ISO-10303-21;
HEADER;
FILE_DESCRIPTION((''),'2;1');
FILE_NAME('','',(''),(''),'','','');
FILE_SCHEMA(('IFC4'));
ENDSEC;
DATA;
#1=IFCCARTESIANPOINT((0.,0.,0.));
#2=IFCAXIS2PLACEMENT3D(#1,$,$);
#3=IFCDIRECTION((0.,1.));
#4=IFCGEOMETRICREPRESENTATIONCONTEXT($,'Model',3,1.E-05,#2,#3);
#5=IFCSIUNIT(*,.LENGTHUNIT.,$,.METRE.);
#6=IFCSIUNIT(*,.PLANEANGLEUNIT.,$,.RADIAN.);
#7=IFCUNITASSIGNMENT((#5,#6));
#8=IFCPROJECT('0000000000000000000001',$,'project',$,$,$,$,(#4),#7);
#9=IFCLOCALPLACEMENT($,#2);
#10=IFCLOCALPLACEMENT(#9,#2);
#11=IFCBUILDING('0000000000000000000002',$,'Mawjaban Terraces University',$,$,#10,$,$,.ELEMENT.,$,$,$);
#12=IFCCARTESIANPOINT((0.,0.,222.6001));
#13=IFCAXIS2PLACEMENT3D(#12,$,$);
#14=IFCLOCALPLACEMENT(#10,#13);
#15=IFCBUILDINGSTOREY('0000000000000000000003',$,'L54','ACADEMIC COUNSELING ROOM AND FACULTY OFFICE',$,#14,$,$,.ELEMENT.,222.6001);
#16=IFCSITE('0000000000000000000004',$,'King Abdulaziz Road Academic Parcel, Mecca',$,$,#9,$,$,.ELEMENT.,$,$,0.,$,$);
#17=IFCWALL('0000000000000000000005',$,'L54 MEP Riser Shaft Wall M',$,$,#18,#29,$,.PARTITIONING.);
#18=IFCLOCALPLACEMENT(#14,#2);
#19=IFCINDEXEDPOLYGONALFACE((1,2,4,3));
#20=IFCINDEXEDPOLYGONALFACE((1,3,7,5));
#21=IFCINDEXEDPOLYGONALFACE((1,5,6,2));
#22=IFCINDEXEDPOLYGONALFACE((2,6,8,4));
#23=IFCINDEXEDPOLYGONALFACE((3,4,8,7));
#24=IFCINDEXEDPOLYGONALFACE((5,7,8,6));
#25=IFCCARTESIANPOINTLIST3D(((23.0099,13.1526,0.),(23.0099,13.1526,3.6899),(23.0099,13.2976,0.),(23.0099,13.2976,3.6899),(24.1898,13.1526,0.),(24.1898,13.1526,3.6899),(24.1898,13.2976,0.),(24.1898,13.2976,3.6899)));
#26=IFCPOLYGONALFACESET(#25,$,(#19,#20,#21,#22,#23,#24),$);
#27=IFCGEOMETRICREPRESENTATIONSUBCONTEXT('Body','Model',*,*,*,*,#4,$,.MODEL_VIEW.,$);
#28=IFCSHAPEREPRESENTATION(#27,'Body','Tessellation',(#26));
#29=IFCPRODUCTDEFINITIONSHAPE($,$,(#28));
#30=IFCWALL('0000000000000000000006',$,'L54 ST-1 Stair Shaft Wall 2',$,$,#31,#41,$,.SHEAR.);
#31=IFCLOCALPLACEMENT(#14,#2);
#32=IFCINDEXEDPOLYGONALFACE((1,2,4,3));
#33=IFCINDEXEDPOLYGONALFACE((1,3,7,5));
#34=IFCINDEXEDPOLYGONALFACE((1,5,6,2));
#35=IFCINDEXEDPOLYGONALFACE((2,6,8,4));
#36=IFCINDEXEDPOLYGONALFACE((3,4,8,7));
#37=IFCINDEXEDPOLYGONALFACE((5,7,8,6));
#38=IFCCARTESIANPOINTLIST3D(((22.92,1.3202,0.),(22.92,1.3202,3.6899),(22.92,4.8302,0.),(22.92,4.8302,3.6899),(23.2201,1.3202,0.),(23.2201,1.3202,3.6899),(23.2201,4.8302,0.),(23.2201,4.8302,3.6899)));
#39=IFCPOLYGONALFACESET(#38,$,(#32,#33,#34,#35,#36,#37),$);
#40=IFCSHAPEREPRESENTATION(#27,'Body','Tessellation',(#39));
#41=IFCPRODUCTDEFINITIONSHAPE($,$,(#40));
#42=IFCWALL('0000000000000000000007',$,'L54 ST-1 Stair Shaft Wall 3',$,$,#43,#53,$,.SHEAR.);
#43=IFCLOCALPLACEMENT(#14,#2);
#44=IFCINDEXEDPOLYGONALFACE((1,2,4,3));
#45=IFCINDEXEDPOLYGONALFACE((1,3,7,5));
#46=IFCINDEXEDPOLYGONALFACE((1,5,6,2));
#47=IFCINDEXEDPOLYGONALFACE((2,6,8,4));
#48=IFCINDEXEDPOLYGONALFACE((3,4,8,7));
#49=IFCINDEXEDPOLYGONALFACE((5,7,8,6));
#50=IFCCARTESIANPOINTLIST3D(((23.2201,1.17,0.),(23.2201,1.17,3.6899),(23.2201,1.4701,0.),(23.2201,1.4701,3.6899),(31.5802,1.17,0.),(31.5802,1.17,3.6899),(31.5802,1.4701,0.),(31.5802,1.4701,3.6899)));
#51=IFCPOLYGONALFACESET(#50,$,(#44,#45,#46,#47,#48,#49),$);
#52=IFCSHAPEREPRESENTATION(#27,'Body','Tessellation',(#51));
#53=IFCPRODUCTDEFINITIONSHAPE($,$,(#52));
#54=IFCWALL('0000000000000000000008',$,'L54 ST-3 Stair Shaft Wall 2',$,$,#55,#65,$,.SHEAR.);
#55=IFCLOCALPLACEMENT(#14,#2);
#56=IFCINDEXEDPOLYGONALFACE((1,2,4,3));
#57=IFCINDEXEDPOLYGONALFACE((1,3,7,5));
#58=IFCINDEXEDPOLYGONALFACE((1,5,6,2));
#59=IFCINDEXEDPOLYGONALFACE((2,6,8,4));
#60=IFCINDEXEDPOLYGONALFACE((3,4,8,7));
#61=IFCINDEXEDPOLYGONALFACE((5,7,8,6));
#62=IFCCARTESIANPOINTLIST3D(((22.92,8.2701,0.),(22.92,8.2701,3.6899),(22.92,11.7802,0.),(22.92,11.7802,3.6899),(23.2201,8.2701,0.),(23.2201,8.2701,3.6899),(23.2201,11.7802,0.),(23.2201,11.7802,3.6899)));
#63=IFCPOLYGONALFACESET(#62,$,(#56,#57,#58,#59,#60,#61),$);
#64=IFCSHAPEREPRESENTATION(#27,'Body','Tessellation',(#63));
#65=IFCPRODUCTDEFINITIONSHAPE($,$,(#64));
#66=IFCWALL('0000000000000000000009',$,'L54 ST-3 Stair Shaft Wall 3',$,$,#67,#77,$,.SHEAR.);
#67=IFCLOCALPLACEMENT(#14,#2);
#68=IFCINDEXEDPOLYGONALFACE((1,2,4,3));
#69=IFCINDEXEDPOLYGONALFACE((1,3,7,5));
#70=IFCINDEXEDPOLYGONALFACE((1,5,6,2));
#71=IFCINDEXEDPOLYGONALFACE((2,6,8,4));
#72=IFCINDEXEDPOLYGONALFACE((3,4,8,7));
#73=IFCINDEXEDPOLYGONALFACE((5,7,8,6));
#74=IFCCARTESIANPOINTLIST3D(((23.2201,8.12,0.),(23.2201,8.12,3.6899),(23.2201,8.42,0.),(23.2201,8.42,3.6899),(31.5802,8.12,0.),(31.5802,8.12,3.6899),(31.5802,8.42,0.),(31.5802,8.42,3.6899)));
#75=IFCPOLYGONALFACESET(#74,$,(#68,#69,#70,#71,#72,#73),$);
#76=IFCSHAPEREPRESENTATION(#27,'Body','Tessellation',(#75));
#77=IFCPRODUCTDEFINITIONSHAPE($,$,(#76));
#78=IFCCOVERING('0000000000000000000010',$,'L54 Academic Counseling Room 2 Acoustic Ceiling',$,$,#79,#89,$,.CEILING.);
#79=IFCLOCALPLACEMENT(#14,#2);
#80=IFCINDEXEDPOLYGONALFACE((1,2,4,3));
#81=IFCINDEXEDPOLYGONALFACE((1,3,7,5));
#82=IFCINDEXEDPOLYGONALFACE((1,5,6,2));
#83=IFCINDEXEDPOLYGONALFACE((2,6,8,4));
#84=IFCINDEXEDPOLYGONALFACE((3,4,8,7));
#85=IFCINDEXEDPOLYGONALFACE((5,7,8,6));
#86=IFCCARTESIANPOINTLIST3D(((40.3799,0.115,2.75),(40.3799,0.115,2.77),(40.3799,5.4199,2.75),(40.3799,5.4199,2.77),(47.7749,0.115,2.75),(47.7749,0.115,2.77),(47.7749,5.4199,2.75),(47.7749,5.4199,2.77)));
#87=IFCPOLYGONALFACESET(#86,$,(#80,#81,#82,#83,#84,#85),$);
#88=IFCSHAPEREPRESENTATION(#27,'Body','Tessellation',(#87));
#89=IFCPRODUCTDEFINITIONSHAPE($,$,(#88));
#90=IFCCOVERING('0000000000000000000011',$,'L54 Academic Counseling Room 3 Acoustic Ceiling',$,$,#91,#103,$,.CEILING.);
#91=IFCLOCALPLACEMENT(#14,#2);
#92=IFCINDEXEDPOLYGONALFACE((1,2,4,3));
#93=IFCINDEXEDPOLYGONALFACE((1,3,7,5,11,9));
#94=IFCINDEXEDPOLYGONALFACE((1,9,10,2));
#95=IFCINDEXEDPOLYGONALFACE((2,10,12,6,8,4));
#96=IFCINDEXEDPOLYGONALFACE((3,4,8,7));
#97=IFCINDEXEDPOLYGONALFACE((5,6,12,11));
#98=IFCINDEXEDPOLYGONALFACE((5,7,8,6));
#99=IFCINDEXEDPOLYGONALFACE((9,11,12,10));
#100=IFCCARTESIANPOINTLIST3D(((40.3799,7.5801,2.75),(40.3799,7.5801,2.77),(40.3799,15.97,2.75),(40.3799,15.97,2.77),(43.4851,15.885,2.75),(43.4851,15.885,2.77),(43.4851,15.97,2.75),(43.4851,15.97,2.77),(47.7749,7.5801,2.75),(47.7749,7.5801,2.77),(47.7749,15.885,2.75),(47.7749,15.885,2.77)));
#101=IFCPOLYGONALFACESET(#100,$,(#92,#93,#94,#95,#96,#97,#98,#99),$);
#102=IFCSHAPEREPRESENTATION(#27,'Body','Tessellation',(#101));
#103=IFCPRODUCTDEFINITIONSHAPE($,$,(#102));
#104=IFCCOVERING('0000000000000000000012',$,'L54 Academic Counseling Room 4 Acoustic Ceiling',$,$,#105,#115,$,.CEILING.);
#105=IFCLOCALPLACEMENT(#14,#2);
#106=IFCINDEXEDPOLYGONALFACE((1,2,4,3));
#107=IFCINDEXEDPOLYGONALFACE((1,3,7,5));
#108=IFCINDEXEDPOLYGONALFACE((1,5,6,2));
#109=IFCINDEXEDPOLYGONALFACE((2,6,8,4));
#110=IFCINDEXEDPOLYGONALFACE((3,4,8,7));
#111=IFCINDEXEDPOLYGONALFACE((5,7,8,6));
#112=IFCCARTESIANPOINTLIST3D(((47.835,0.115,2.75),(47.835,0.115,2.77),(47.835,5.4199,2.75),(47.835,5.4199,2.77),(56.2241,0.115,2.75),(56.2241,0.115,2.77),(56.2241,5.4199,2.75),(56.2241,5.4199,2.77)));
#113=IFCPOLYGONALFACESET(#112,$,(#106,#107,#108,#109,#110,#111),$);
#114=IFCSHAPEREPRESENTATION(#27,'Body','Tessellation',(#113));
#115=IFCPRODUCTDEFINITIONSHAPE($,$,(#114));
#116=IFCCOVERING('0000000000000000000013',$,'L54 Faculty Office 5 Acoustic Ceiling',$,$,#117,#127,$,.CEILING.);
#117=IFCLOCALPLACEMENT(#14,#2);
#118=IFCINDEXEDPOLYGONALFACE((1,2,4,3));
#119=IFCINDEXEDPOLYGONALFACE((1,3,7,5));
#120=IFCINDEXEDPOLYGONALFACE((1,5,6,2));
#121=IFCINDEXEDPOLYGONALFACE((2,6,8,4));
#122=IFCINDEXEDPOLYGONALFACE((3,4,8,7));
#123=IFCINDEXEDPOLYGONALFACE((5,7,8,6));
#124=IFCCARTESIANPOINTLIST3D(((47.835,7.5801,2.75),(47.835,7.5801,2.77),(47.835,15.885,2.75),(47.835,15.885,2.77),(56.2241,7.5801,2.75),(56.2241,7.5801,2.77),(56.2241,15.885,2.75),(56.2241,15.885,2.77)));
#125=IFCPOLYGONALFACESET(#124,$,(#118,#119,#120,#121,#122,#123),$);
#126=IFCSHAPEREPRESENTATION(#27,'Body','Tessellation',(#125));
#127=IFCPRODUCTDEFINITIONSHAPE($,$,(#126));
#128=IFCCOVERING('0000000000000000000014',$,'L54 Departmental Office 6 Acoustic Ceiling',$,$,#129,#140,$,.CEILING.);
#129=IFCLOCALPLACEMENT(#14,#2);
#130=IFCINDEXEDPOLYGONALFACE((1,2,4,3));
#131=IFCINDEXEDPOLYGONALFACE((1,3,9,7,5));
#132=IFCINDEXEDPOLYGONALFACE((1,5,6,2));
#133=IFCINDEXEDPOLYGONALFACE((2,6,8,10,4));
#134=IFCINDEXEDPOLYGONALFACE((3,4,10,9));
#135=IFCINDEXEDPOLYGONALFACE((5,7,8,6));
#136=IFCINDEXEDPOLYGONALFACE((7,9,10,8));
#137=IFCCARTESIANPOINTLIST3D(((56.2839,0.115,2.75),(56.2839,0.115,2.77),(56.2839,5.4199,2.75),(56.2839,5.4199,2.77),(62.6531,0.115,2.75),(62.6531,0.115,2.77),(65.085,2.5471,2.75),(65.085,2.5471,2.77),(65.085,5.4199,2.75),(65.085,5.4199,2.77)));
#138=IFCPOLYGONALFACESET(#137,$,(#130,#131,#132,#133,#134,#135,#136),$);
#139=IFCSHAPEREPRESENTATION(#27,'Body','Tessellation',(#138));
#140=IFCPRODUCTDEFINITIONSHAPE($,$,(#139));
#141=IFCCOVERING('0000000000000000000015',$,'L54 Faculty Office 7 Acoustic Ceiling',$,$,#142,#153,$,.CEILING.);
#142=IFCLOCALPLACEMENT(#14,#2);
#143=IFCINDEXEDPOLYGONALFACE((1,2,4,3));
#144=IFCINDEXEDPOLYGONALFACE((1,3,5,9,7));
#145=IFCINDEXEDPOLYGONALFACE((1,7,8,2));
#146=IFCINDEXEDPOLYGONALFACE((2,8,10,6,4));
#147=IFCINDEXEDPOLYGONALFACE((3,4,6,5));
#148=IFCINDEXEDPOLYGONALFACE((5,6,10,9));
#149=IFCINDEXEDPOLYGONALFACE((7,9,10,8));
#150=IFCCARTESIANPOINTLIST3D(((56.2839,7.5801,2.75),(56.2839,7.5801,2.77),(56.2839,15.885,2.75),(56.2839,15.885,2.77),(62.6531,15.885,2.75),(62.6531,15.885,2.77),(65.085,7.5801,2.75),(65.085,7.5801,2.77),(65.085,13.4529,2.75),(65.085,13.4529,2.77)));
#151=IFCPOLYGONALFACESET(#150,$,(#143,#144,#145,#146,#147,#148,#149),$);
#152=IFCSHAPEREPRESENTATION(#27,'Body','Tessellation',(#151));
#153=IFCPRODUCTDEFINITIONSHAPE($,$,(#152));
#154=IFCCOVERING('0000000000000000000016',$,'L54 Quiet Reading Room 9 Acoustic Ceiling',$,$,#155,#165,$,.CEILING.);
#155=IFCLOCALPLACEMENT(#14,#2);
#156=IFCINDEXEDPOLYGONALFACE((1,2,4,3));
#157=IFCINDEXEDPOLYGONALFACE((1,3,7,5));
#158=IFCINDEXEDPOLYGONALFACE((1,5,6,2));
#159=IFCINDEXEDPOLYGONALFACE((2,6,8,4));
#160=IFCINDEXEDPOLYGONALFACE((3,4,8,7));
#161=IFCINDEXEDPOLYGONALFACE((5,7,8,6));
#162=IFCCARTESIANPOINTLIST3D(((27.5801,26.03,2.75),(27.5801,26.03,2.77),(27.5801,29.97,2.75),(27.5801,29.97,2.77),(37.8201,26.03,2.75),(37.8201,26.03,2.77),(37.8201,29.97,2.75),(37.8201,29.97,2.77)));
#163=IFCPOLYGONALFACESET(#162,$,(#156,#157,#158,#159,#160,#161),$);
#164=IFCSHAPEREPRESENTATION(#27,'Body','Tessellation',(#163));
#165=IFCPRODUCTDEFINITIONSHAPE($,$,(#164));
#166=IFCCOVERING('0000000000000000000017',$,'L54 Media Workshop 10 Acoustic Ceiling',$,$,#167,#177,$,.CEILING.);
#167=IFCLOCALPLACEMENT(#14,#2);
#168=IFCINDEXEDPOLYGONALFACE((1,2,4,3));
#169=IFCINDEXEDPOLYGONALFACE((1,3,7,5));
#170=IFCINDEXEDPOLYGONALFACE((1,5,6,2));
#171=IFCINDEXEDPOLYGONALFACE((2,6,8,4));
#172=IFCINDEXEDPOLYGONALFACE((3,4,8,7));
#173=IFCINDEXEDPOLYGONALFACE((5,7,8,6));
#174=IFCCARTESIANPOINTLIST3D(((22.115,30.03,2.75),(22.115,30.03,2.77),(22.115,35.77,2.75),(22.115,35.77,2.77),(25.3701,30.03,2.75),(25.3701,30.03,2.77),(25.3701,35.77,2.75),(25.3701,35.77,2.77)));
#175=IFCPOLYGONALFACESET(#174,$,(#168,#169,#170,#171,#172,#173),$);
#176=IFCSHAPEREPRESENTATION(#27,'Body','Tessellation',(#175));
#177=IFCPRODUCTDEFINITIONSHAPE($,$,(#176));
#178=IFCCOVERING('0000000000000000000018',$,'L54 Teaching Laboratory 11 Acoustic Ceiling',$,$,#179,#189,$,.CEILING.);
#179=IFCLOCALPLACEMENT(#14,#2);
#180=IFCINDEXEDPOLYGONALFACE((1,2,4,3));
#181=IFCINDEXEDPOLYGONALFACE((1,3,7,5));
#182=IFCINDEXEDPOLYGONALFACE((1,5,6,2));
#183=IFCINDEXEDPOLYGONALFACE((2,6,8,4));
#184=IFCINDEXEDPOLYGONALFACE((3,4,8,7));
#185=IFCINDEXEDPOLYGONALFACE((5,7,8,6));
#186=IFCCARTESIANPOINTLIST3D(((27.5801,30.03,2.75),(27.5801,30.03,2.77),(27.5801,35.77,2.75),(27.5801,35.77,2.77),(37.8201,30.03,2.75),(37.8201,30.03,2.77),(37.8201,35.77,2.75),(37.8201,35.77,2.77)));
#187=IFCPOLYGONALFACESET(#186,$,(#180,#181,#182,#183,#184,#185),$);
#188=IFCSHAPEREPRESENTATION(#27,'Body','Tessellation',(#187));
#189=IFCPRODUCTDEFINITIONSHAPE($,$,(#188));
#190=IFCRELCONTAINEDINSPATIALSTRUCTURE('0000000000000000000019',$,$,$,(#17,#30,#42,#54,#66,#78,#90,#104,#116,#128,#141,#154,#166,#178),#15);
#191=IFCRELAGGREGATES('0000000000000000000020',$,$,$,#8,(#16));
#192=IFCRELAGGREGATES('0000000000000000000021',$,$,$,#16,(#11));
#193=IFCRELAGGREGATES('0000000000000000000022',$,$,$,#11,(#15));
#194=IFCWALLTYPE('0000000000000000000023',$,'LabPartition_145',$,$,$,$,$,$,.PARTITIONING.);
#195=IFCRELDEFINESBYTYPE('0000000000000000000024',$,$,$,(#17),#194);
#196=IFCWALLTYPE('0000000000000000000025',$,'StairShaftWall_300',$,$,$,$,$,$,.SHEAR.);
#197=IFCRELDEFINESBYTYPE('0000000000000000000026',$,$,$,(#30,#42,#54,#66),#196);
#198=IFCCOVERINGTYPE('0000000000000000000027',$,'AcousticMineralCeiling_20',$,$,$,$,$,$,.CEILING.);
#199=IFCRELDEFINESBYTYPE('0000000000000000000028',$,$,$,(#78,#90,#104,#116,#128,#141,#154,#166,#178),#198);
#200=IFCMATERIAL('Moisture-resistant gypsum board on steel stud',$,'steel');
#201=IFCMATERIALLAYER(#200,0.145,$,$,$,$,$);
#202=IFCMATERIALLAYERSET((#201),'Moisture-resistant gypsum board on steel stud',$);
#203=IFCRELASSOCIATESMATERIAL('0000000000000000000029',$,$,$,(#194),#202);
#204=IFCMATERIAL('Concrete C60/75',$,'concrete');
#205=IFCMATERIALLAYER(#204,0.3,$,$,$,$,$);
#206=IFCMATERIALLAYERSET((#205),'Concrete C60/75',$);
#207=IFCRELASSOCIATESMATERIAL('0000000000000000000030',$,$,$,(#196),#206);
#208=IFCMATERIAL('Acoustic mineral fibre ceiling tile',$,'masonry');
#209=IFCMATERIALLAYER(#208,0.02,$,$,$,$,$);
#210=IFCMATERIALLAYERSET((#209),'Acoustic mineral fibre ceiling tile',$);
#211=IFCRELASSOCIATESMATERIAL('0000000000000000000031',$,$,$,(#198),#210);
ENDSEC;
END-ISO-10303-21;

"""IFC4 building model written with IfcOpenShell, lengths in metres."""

from ifc_helpers import new_model, si_unit, direction, frame, frame_2d, origin, place, context, subcontext, project, spatial, polyline, rectangle, outline, extrude, material, layer, layer_set, type_object, element, save


model = new_model("IFC4")

# Units and contexts
model_context = context("Model", 3, precision=1e-05, world=origin(), true_north=direction((0.0, 1.0)))
body_context = subcontext(model_context, "Body", "Model", "MODEL_VIEW")
ifc_project = project(units=[si_unit("LENGTHUNIT", "METRE"), si_unit("PLANEANGLEUNIT", "RADIAN")], contexts=[model_context])

# Site, building, storey
site_placement = place(None, origin())
site = spatial("IfcSite", under=ifc_project, at=site_placement, Name="King Abdulaziz Road Academic Parcel, Mecca", CompositionType="ELEMENT", RefElevation=0.0)
building_placement = place(site_placement, origin())
building = spatial("IfcBuilding", under=site, at=building_placement, Name="Mawjaban Terraces University", CompositionType="ELEMENT")
storey_placement = place(building_placement, frame((0.0, 0.0, 222.6001)))
storey = spatial("IfcBuildingStorey", under=building, at=storey_placement, Name="L54", Description="ACADEMIC COUNSELING ROOM AND FACULTY OFFICE", CompositionType="ELEMENT", Elevation=222.6001)

# Shared definitions
ifc_material_1 = material(Name="Concrete C60/75", Category="concrete")

# Walls
ifc_material_2 = material(Name="Moisture-resistant gypsum board on steel stud", Category="steel")
ifc_layer_1 = layer(ifc_material_2, 0.145)
ifc_layer_set_1 = layer_set([ifc_layer_1], Name="Moisture-resistant gypsum board on steel stud")
wall_type_1 = type_object("IfcWallType", Name="LabPartition_145", PredefinedType="PARTITIONING", material=ifc_layer_set_1)
wall_1_placement = place(storey_placement, frame((23.01, 13.2251, 0.0), z_axis=(0.0, 0.0, 1.0), x_axis=(1.0, 0.0, 0.0)))
element("IfcWall", 1, at=wall_1_placement, inside=storey, type_object=wall_type_1, Name="L54 MEP Riser Shaft Wall M", PredefinedType="PARTITIONING", context=body_context, shape_type="SweptSolid", body=[
    extrude(rectangle(XDim=1.1799, YDim=0.145, at=frame_2d((0.5898, 0.0))), origin(), (0.0, 0.0, 1.0), 3.6899),
])
ifc_layer_2 = layer(ifc_material_1, 0.3)
ifc_layer_set_2 = layer_set([ifc_layer_2], Name="Concrete C60/75")
wall_type_2 = type_object("IfcWallType", Name="StairShaftWall_300", PredefinedType="SHEAR", material=ifc_layer_set_2)
wall_2_placement = place(storey_placement, frame((23.0701, 4.8301, 0.0), z_axis=(0.0, 0.0, 1.0), x_axis=(0.0, -1.0, 0.0)))
element("IfcWall", 2, at=wall_2_placement, inside=storey, type_object=wall_type_2, Name="L54 ST-1 Stair Shaft Wall 2", PredefinedType="SHEAR", context=body_context, shape_type="SweptSolid", body=[
    extrude(rectangle(XDim=3.51, YDim=0.3, at=frame_2d((1.7549, 0.0))), origin(), (0.0, 0.0, 1.0), 3.6899),
])
wall_3_placement = place(storey_placement, frame((23.22, 1.3201, 0.0), z_axis=(0.0, 0.0, 1.0), x_axis=(1.0, 0.0, 0.0)))
element("IfcWall", 3, at=wall_3_placement, inside=storey, type_object=wall_type_2, Name="L54 ST-1 Stair Shaft Wall 3", PredefinedType="SHEAR", context=body_context, shape_type="SweptSolid", body=[
    extrude(rectangle(XDim=8.3601, YDim=0.3, at=frame_2d((4.1802, 0.0))), origin(), (0.0, 0.0, 1.0), 3.6899),
])
wall_4_placement = place(storey_placement, frame((23.0701, 11.78, 0.0), z_axis=(0.0, 0.0, 1.0), x_axis=(0.0, -1.0, 0.0)))
element("IfcWall", 4, at=wall_4_placement, inside=storey, type_object=wall_type_2, Name="L54 ST-3 Stair Shaft Wall 2", PredefinedType="SHEAR", context=body_context, shape_type="SweptSolid", body=[
    extrude(rectangle(XDim=3.51, YDim=0.3, at=frame_2d((1.7549, 0.0))), origin(), (0.0, 0.0, 1.0), 3.6899),
])
wall_5_placement = place(storey_placement, frame((23.22, 8.27, 0.0), z_axis=(0.0, 0.0, 1.0), x_axis=(1.0, 0.0, 0.0)))
element("IfcWall", 5, at=wall_5_placement, inside=storey, type_object=wall_type_2, Name="L54 ST-3 Stair Shaft Wall 3", PredefinedType="SHEAR", context=body_context, shape_type="SweptSolid", body=[
    extrude(rectangle(XDim=8.3601, YDim=0.3, at=frame_2d((4.1802, 0.0))), origin(), (0.0, 0.0, 1.0), 3.6899),
])

# Coverings
ifc_material_3 = material(Name="Acoustic mineral fibre ceiling tile", Category="masonry")
ifc_layer_3 = layer(ifc_material_3, 0.02)
ifc_layer_set_3 = layer_set([ifc_layer_3], Name="Acoustic mineral fibre ceiling tile")
covering_type_1 = type_object("IfcCoveringType", Name="AcousticMineralCeiling_20", PredefinedType="CEILING", material=ifc_layer_set_3)
covering_1_placement = place(storey_placement, frame((0.0, 0.0, 2.75)))
element("IfcCovering", 6, at=covering_1_placement, inside=storey, type_object=covering_type_1, Name="L54 Academic Counseling Room 2 Acoustic Ceiling", PredefinedType="CEILING", context=body_context, shape_type="SweptSolid", body=[
    extrude(outline(polyline([(40.3799, 0.115), (47.7749, 0.115), (47.7749, 5.4199), (40.3799, 5.4199), (40.3799, 0.115)])), origin(), (0.0, 0.0, 1.0), 0.02),
])
covering_2_placement = place(storey_placement, frame((0.0, 0.0, 2.75)))
element("IfcCovering", 7, at=covering_2_placement, inside=storey, type_object=covering_type_1, Name="L54 Academic Counseling Room 3 Acoustic Ceiling", PredefinedType="CEILING", context=body_context, shape_type="SweptSolid", body=[
    extrude(outline(polyline([(47.7749, 15.885), (43.4851, 15.885), (43.4851, 15.97), (40.3799, 15.97), (40.3799, 7.5801), (47.7749, 7.5801), (47.7749, 15.885)])), origin(), (0.0, 0.0, 1.0), 0.02),
])
covering_3_placement = place(storey_placement, frame((0.0, 0.0, 2.75)))
element("IfcCovering", 8, at=covering_3_placement, inside=storey, type_object=covering_type_1, Name="L54 Academic Counseling Room 4 Acoustic Ceiling", PredefinedType="CEILING", context=body_context, shape_type="SweptSolid", body=[
    extrude(outline(polyline([(47.835, 0.115), (56.2241, 0.115), (56.2241, 5.4199), (47.835, 5.4199), (47.835, 0.115)])), origin(), (0.0, 0.0, 1.0), 0.02),
])
covering_4_placement = place(storey_placement, frame((0.0, 0.0, 2.75)))
element("IfcCovering", 9, at=covering_4_placement, inside=storey, type_object=covering_type_1, Name="L54 Faculty Office 5 Acoustic Ceiling", PredefinedType="CEILING", context=body_context, shape_type="SweptSolid", body=[
    extrude(outline(polyline([(56.2241, 15.885), (47.835, 15.885), (47.835, 7.5801), (56.2241, 7.5801), (56.2241, 15.885)])), origin(), (0.0, 0.0, 1.0), 0.02),
])
covering_5_placement = place(storey_placement, frame((0.0, 0.0, 2.75)))
element("IfcCovering", 10, at=covering_5_placement, inside=storey, type_object=covering_type_1, Name="L54 Departmental Office 6 Acoustic Ceiling", PredefinedType="CEILING", context=body_context, shape_type="SweptSolid", body=[
    extrude(outline(polyline([(56.2839, 0.115), (62.6531, 0.115), (65.085, 2.5471), (65.085, 5.4199), (56.2839, 5.4199), (56.2839, 0.115)])), origin(), (0.0, 0.0, 1.0), 0.02),
])
covering_6_placement = place(storey_placement, frame((0.0, 0.0, 2.75)))
element("IfcCovering", 11, at=covering_6_placement, inside=storey, type_object=covering_type_1, Name="L54 Faculty Office 7 Acoustic Ceiling", PredefinedType="CEILING", context=body_context, shape_type="SweptSolid", body=[
    extrude(outline(polyline([(65.085, 7.5801), (65.085, 13.4529), (62.6531, 15.885), (56.2839, 15.885), (56.2839, 7.5801), (65.085, 7.5801)])), origin(), (0.0, 0.0, 1.0), 0.02),
])
covering_7_placement = place(storey_placement, frame((0.0, 0.0, 2.75)))
element("IfcCovering", 12, at=covering_7_placement, inside=storey, type_object=covering_type_1, Name="L54 Quiet Reading Room 9 Acoustic Ceiling", PredefinedType="CEILING", context=body_context, shape_type="SweptSolid", body=[
    extrude(outline(polyline([(37.8201, 26.03), (37.8201, 29.97), (27.5801, 29.97), (27.5801, 26.03), (37.8201, 26.03)])), origin(), (0.0, 0.0, 1.0), 0.02),
])
covering_8_placement = place(storey_placement, frame((0.0, 0.0, 2.75)))
element("IfcCovering", 13, at=covering_8_placement, inside=storey, type_object=covering_type_1, Name="L54 Media Workshop 10 Acoustic Ceiling", PredefinedType="CEILING", context=body_context, shape_type="SweptSolid", body=[
    extrude(outline(polyline([(22.115, 35.77), (22.115, 30.03), (25.3701, 30.03), (25.3701, 35.77), (22.115, 35.77)])), origin(), (0.0, 0.0, 1.0), 0.02),
])
covering_9_placement = place(storey_placement, frame((0.0, 0.0, 2.75)))
element("IfcCovering", 14, at=covering_9_placement, inside=storey, type_object=covering_type_1, Name="L54 Teaching Laboratory 11 Acoustic Ceiling", PredefinedType="CEILING", context=body_context, shape_type="SweptSolid", body=[
    extrude(outline(polyline([(37.8201, 30.03), (37.8201, 35.77), (27.5801, 35.77), (27.5801, 30.03), (37.8201, 30.03)])), origin(), (0.0, 0.0, 1.0), 0.02),
])

save(model, "model.ifc")
